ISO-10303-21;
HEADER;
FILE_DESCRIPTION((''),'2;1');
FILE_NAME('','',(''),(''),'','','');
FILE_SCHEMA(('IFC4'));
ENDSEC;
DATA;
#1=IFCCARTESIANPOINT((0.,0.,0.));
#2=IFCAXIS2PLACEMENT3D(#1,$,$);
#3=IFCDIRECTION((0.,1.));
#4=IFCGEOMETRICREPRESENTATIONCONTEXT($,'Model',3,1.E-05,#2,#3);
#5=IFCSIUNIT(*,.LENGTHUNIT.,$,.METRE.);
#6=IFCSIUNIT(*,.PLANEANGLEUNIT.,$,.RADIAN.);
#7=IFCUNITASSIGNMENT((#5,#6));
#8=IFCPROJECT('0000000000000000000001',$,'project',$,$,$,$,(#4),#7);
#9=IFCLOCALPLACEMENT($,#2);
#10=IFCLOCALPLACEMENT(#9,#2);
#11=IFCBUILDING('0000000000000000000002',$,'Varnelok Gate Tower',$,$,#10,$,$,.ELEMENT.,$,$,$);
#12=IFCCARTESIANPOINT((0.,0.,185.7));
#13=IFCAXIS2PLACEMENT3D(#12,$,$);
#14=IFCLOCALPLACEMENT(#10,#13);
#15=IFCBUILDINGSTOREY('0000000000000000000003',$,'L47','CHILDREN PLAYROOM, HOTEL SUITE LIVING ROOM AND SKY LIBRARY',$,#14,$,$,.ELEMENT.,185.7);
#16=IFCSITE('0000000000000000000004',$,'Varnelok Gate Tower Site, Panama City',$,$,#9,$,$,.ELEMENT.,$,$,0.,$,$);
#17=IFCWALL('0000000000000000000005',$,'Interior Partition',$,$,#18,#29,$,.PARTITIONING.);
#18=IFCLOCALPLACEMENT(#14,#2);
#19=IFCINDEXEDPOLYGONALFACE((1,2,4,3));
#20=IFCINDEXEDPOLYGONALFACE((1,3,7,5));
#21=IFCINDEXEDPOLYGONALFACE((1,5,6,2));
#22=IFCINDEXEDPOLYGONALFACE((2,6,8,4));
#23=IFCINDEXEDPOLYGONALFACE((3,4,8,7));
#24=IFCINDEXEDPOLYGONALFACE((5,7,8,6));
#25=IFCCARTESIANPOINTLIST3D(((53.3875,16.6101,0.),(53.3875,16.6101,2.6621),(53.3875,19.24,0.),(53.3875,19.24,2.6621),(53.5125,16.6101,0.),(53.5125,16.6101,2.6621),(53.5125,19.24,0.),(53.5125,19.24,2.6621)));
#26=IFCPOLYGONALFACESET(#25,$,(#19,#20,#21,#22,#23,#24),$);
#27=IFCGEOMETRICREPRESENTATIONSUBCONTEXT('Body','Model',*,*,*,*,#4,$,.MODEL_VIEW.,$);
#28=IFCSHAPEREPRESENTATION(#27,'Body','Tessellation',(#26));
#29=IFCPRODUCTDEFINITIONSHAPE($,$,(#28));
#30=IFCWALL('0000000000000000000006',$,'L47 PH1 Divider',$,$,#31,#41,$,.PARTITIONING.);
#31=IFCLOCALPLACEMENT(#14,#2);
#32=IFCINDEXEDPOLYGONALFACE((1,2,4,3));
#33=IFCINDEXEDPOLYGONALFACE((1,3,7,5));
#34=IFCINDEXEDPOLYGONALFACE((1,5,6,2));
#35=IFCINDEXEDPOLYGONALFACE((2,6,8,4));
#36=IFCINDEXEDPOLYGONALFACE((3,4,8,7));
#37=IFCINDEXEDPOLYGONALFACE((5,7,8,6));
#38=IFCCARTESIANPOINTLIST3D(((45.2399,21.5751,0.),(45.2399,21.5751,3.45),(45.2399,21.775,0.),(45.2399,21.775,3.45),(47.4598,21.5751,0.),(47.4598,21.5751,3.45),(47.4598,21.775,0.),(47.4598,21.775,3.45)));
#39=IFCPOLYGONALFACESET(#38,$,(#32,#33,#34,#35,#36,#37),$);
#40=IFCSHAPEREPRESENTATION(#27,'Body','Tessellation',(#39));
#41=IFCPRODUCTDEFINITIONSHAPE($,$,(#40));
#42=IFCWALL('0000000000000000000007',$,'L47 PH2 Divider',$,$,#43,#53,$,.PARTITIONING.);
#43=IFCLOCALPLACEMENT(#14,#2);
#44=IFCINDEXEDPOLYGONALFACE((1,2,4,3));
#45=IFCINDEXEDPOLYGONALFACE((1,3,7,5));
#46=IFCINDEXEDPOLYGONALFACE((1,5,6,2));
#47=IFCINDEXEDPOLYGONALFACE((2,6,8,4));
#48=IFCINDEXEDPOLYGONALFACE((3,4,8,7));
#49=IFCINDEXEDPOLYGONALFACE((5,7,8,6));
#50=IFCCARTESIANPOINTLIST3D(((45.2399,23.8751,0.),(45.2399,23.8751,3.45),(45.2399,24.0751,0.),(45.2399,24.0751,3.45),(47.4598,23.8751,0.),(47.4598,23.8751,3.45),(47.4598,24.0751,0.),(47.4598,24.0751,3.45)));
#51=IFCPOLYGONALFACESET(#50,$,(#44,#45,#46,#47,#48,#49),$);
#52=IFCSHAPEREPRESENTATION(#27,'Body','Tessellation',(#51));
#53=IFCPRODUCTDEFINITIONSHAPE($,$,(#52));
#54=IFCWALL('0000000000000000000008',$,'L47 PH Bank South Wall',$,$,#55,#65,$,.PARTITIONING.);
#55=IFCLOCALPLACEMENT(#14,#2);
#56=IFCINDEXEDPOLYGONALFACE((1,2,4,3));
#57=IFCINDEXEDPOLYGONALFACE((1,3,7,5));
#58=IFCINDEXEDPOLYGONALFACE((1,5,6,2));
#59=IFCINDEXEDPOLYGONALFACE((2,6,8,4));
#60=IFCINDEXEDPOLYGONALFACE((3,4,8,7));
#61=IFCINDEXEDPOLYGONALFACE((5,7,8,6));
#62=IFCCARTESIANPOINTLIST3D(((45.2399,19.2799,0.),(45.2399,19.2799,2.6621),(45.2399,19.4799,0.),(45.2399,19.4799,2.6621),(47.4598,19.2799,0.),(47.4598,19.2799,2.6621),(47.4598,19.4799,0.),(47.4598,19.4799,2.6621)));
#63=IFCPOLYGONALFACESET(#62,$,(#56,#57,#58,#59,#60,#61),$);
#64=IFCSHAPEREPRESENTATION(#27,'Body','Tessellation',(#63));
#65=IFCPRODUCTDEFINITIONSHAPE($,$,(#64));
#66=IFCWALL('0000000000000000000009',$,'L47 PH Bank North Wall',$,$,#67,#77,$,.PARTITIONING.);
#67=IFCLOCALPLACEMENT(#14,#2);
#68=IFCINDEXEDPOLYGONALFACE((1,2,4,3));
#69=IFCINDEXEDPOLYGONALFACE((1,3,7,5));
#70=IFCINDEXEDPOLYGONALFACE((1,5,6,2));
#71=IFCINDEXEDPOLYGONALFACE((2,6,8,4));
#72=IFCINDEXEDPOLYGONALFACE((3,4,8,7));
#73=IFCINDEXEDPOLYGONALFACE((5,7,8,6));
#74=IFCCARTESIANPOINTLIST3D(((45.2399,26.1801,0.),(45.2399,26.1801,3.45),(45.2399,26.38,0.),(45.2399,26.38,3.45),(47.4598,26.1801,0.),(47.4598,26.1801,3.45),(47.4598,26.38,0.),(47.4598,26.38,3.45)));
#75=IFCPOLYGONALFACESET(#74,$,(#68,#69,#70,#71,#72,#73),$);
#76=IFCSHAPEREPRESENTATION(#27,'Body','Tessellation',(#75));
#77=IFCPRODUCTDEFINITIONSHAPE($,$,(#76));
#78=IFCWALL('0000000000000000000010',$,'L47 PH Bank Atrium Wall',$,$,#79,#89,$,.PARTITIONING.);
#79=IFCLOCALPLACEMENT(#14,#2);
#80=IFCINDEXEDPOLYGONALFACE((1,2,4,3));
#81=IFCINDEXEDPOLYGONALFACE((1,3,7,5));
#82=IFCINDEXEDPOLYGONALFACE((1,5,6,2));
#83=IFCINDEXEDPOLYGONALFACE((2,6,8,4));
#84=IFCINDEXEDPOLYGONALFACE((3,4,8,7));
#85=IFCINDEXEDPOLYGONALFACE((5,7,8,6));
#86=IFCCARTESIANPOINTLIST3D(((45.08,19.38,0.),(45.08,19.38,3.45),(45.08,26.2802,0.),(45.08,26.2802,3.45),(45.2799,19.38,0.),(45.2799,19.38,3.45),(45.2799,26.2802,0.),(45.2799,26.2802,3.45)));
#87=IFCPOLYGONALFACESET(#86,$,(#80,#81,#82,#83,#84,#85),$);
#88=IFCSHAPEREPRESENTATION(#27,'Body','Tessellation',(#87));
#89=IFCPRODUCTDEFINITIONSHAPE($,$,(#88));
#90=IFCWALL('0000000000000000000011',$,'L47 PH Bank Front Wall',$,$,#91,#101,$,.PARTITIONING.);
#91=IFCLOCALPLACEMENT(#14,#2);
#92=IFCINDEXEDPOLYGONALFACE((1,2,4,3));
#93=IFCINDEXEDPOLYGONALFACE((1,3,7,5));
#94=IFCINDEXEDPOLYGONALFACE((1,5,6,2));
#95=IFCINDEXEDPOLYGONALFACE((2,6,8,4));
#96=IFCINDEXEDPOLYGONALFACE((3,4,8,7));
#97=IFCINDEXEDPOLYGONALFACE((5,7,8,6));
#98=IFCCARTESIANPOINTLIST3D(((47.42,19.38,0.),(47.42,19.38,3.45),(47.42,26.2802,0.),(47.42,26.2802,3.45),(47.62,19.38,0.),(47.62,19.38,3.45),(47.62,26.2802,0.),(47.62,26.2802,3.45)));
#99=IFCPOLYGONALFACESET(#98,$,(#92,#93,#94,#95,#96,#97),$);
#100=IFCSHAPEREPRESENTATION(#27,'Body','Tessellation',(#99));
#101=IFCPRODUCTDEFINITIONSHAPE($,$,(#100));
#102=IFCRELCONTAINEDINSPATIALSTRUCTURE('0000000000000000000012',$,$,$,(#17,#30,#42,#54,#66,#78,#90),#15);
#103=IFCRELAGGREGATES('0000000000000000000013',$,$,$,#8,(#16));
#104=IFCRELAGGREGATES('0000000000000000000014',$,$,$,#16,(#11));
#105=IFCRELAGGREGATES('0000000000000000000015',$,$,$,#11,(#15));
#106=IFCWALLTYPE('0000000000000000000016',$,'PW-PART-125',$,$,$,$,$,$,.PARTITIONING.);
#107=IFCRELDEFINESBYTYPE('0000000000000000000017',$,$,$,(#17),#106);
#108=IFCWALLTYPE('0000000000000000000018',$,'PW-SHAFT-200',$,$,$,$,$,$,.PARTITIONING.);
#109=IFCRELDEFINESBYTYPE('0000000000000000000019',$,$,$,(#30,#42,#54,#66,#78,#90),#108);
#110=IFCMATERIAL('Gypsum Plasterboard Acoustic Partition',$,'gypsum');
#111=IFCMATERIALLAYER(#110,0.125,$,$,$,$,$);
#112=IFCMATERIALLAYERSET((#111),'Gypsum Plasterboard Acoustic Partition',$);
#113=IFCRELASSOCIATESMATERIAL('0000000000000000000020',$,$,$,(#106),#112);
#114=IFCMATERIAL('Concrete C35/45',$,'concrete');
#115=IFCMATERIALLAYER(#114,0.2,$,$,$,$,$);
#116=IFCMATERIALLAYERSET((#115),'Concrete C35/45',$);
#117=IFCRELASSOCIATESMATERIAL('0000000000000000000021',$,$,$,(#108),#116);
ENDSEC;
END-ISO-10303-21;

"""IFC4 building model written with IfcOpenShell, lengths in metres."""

from ifc_helpers import new_model, si_unit, direction, frame, frame_2d, origin, place, context, subcontext, project, spatial, rectangle, extrude, material, layer, layer_set, type_object, element, save


model = new_model("IFC4")

# Units and contexts
model_context = context("Model", 3, precision=1e-05, world=origin(), true_north=direction((0.0, 1.0)))
body_context = subcontext(model_context, "Body", "Model", "MODEL_VIEW")
ifc_project = project(units=[si_unit("LENGTHUNIT", "METRE"), si_unit("PLANEANGLEUNIT", "RADIAN")], contexts=[model_context])

# Site, building, storey
site_placement = place(None, origin())
site = spatial("IfcSite", under=ifc_project, at=site_placement, Name="Varnelok Gate Tower Site, Panama City", CompositionType="ELEMENT", RefElevation=0.0)
building_placement = place(site_placement, origin())
building = spatial("IfcBuilding", under=site, at=building_placement, Name="Varnelok Gate Tower", CompositionType="ELEMENT")
storey_placement = place(building_placement, frame((0.0, 0.0, 185.7)))
storey = spatial("IfcBuildingStorey", under=building, at=storey_placement, Name="L47", Description="CHILDREN PLAYROOM, HOTEL SUITE LIVING ROOM AND SKY LIBRARY", CompositionType="ELEMENT", Elevation=185.7)

# Shared definitions
ifc_material_1 = material(Name="Gypsum Plasterboard Acoustic Partition", Category="gypsum")

# Walls
ifc_layer_1 = layer(ifc_material_1, 0.125)
ifc_layer_set_1 = layer_set([ifc_layer_1], Name="Gypsum Plasterboard Acoustic Partition")
wall_type_1 = type_object("IfcWallType", Name="PW-PART-125", PredefinedType="PARTITIONING", material=ifc_layer_set_1)
wall_1_placement = place(storey_placement, frame((53.45, 16.6101, 0.0), z_axis=(0.0, 0.0, 1.0), x_axis=(0.0, 1.0, 0.0)))
element("IfcWall", 1, at=wall_1_placement, inside=storey, type_object=wall_type_1, Name="Interior Partition", PredefinedType="PARTITIONING", context=body_context, shape_type="SweptSolid", body=[
    extrude(rectangle(XDim=2.6299, YDim=0.125, at=frame_2d((1.3149, 0.0))), origin(), (0.0, 0.0, 1.0), 2.6621),
])
ifc_material_2 = material(Name="Concrete C35/45", Category="concrete")
ifc_layer_2 = layer(ifc_material_2, 0.2)
ifc_layer_set_2 = layer_set([ifc_layer_2], Name="Concrete C35/45")
wall_type_2 = type_object("IfcWallType", Name="PW-SHAFT-200", PredefinedType="PARTITIONING", material=ifc_layer_set_2)
for number, where, z_axis, x_axis, name in (
    (2, (45.24, 21.675, 0.0), (0.0, 0.0, 1.0), (1.0, 0.0, 0.0), "L47 PH1 Divider"),
    (3, (45.24, 23.9751, 0.0), (0.0, 0.0, 1.0), (1.0, 0.0, 0.0), "L47 PH2 Divider"),
):
    element("IfcWall", number, at=place(storey_placement, frame(where, z_axis=z_axis, x_axis=x_axis)), inside=storey, type_object=wall_type_2, Name=name, PredefinedType="PARTITIONING", context=body_context, shape_type="SweptSolid", body=[
        extrude(rectangle(XDim=2.22, YDim=0.2, at=frame_2d((1.1099, 0.0))), origin(), (0.0, 0.0, 1.0), 3.45),
    ])
wall_2_placement = place(storey_placement, frame((45.24, 19.3799, 0.0), z_axis=(0.0, 0.0, 1.0), x_axis=(1.0, 0.0, 0.0)))
element("IfcWall", 4, at=wall_2_placement, inside=storey, type_object=wall_type_2, Name="L47 PH Bank South Wall", PredefinedType="PARTITIONING", context=body_context, shape_type="SweptSolid", body=[
    extrude(rectangle(XDim=2.22, YDim=0.2, at=frame_2d((1.1099, 0.0))), origin(), (0.0, 0.0, 1.0), 2.6621),
])
wall_3_placement = place(storey_placement, frame((45.24, 26.28, 0.0), z_axis=(0.0, 0.0, 1.0), x_axis=(1.0, 0.0, 0.0)))
element("IfcWall", 5, at=wall_3_placement, inside=storey, type_object=wall_type_2, Name="L47 PH Bank North Wall", PredefinedType="PARTITIONING", context=body_context, shape_type="SweptSolid", body=[
    extrude(rectangle(XDim=2.22, YDim=0.2, at=frame_2d((1.1099, 0.0))), origin(), (0.0, 0.0, 1.0), 3.45),
])
for number, where, z_axis, x_axis, name in (
    (6, (45.1799, 19.3799, 0.0), (0.0, 0.0, 1.0), (0.0, 1.0, 0.0), "L47 PH Bank Atrium Wall"),
    (7, (47.52, 19.3799, 0.0), (0.0, 0.0, 1.0), (0.0, 1.0, 0.0), "L47 PH Bank Front Wall"),
):
    element("IfcWall", number, at=place(storey_placement, frame(where, z_axis=z_axis, x_axis=x_axis)), inside=storey, type_object=wall_type_2, Name=name, PredefinedType="PARTITIONING", context=body_context, shape_type="SweptSolid", body=[
        extrude(rectangle(XDim=6.9001, YDim=0.2, at=frame_2d((3.4502, 0.0))), origin(), (0.0, 0.0, 1.0), 3.45),
    ])

save(model, "model.ifc")
